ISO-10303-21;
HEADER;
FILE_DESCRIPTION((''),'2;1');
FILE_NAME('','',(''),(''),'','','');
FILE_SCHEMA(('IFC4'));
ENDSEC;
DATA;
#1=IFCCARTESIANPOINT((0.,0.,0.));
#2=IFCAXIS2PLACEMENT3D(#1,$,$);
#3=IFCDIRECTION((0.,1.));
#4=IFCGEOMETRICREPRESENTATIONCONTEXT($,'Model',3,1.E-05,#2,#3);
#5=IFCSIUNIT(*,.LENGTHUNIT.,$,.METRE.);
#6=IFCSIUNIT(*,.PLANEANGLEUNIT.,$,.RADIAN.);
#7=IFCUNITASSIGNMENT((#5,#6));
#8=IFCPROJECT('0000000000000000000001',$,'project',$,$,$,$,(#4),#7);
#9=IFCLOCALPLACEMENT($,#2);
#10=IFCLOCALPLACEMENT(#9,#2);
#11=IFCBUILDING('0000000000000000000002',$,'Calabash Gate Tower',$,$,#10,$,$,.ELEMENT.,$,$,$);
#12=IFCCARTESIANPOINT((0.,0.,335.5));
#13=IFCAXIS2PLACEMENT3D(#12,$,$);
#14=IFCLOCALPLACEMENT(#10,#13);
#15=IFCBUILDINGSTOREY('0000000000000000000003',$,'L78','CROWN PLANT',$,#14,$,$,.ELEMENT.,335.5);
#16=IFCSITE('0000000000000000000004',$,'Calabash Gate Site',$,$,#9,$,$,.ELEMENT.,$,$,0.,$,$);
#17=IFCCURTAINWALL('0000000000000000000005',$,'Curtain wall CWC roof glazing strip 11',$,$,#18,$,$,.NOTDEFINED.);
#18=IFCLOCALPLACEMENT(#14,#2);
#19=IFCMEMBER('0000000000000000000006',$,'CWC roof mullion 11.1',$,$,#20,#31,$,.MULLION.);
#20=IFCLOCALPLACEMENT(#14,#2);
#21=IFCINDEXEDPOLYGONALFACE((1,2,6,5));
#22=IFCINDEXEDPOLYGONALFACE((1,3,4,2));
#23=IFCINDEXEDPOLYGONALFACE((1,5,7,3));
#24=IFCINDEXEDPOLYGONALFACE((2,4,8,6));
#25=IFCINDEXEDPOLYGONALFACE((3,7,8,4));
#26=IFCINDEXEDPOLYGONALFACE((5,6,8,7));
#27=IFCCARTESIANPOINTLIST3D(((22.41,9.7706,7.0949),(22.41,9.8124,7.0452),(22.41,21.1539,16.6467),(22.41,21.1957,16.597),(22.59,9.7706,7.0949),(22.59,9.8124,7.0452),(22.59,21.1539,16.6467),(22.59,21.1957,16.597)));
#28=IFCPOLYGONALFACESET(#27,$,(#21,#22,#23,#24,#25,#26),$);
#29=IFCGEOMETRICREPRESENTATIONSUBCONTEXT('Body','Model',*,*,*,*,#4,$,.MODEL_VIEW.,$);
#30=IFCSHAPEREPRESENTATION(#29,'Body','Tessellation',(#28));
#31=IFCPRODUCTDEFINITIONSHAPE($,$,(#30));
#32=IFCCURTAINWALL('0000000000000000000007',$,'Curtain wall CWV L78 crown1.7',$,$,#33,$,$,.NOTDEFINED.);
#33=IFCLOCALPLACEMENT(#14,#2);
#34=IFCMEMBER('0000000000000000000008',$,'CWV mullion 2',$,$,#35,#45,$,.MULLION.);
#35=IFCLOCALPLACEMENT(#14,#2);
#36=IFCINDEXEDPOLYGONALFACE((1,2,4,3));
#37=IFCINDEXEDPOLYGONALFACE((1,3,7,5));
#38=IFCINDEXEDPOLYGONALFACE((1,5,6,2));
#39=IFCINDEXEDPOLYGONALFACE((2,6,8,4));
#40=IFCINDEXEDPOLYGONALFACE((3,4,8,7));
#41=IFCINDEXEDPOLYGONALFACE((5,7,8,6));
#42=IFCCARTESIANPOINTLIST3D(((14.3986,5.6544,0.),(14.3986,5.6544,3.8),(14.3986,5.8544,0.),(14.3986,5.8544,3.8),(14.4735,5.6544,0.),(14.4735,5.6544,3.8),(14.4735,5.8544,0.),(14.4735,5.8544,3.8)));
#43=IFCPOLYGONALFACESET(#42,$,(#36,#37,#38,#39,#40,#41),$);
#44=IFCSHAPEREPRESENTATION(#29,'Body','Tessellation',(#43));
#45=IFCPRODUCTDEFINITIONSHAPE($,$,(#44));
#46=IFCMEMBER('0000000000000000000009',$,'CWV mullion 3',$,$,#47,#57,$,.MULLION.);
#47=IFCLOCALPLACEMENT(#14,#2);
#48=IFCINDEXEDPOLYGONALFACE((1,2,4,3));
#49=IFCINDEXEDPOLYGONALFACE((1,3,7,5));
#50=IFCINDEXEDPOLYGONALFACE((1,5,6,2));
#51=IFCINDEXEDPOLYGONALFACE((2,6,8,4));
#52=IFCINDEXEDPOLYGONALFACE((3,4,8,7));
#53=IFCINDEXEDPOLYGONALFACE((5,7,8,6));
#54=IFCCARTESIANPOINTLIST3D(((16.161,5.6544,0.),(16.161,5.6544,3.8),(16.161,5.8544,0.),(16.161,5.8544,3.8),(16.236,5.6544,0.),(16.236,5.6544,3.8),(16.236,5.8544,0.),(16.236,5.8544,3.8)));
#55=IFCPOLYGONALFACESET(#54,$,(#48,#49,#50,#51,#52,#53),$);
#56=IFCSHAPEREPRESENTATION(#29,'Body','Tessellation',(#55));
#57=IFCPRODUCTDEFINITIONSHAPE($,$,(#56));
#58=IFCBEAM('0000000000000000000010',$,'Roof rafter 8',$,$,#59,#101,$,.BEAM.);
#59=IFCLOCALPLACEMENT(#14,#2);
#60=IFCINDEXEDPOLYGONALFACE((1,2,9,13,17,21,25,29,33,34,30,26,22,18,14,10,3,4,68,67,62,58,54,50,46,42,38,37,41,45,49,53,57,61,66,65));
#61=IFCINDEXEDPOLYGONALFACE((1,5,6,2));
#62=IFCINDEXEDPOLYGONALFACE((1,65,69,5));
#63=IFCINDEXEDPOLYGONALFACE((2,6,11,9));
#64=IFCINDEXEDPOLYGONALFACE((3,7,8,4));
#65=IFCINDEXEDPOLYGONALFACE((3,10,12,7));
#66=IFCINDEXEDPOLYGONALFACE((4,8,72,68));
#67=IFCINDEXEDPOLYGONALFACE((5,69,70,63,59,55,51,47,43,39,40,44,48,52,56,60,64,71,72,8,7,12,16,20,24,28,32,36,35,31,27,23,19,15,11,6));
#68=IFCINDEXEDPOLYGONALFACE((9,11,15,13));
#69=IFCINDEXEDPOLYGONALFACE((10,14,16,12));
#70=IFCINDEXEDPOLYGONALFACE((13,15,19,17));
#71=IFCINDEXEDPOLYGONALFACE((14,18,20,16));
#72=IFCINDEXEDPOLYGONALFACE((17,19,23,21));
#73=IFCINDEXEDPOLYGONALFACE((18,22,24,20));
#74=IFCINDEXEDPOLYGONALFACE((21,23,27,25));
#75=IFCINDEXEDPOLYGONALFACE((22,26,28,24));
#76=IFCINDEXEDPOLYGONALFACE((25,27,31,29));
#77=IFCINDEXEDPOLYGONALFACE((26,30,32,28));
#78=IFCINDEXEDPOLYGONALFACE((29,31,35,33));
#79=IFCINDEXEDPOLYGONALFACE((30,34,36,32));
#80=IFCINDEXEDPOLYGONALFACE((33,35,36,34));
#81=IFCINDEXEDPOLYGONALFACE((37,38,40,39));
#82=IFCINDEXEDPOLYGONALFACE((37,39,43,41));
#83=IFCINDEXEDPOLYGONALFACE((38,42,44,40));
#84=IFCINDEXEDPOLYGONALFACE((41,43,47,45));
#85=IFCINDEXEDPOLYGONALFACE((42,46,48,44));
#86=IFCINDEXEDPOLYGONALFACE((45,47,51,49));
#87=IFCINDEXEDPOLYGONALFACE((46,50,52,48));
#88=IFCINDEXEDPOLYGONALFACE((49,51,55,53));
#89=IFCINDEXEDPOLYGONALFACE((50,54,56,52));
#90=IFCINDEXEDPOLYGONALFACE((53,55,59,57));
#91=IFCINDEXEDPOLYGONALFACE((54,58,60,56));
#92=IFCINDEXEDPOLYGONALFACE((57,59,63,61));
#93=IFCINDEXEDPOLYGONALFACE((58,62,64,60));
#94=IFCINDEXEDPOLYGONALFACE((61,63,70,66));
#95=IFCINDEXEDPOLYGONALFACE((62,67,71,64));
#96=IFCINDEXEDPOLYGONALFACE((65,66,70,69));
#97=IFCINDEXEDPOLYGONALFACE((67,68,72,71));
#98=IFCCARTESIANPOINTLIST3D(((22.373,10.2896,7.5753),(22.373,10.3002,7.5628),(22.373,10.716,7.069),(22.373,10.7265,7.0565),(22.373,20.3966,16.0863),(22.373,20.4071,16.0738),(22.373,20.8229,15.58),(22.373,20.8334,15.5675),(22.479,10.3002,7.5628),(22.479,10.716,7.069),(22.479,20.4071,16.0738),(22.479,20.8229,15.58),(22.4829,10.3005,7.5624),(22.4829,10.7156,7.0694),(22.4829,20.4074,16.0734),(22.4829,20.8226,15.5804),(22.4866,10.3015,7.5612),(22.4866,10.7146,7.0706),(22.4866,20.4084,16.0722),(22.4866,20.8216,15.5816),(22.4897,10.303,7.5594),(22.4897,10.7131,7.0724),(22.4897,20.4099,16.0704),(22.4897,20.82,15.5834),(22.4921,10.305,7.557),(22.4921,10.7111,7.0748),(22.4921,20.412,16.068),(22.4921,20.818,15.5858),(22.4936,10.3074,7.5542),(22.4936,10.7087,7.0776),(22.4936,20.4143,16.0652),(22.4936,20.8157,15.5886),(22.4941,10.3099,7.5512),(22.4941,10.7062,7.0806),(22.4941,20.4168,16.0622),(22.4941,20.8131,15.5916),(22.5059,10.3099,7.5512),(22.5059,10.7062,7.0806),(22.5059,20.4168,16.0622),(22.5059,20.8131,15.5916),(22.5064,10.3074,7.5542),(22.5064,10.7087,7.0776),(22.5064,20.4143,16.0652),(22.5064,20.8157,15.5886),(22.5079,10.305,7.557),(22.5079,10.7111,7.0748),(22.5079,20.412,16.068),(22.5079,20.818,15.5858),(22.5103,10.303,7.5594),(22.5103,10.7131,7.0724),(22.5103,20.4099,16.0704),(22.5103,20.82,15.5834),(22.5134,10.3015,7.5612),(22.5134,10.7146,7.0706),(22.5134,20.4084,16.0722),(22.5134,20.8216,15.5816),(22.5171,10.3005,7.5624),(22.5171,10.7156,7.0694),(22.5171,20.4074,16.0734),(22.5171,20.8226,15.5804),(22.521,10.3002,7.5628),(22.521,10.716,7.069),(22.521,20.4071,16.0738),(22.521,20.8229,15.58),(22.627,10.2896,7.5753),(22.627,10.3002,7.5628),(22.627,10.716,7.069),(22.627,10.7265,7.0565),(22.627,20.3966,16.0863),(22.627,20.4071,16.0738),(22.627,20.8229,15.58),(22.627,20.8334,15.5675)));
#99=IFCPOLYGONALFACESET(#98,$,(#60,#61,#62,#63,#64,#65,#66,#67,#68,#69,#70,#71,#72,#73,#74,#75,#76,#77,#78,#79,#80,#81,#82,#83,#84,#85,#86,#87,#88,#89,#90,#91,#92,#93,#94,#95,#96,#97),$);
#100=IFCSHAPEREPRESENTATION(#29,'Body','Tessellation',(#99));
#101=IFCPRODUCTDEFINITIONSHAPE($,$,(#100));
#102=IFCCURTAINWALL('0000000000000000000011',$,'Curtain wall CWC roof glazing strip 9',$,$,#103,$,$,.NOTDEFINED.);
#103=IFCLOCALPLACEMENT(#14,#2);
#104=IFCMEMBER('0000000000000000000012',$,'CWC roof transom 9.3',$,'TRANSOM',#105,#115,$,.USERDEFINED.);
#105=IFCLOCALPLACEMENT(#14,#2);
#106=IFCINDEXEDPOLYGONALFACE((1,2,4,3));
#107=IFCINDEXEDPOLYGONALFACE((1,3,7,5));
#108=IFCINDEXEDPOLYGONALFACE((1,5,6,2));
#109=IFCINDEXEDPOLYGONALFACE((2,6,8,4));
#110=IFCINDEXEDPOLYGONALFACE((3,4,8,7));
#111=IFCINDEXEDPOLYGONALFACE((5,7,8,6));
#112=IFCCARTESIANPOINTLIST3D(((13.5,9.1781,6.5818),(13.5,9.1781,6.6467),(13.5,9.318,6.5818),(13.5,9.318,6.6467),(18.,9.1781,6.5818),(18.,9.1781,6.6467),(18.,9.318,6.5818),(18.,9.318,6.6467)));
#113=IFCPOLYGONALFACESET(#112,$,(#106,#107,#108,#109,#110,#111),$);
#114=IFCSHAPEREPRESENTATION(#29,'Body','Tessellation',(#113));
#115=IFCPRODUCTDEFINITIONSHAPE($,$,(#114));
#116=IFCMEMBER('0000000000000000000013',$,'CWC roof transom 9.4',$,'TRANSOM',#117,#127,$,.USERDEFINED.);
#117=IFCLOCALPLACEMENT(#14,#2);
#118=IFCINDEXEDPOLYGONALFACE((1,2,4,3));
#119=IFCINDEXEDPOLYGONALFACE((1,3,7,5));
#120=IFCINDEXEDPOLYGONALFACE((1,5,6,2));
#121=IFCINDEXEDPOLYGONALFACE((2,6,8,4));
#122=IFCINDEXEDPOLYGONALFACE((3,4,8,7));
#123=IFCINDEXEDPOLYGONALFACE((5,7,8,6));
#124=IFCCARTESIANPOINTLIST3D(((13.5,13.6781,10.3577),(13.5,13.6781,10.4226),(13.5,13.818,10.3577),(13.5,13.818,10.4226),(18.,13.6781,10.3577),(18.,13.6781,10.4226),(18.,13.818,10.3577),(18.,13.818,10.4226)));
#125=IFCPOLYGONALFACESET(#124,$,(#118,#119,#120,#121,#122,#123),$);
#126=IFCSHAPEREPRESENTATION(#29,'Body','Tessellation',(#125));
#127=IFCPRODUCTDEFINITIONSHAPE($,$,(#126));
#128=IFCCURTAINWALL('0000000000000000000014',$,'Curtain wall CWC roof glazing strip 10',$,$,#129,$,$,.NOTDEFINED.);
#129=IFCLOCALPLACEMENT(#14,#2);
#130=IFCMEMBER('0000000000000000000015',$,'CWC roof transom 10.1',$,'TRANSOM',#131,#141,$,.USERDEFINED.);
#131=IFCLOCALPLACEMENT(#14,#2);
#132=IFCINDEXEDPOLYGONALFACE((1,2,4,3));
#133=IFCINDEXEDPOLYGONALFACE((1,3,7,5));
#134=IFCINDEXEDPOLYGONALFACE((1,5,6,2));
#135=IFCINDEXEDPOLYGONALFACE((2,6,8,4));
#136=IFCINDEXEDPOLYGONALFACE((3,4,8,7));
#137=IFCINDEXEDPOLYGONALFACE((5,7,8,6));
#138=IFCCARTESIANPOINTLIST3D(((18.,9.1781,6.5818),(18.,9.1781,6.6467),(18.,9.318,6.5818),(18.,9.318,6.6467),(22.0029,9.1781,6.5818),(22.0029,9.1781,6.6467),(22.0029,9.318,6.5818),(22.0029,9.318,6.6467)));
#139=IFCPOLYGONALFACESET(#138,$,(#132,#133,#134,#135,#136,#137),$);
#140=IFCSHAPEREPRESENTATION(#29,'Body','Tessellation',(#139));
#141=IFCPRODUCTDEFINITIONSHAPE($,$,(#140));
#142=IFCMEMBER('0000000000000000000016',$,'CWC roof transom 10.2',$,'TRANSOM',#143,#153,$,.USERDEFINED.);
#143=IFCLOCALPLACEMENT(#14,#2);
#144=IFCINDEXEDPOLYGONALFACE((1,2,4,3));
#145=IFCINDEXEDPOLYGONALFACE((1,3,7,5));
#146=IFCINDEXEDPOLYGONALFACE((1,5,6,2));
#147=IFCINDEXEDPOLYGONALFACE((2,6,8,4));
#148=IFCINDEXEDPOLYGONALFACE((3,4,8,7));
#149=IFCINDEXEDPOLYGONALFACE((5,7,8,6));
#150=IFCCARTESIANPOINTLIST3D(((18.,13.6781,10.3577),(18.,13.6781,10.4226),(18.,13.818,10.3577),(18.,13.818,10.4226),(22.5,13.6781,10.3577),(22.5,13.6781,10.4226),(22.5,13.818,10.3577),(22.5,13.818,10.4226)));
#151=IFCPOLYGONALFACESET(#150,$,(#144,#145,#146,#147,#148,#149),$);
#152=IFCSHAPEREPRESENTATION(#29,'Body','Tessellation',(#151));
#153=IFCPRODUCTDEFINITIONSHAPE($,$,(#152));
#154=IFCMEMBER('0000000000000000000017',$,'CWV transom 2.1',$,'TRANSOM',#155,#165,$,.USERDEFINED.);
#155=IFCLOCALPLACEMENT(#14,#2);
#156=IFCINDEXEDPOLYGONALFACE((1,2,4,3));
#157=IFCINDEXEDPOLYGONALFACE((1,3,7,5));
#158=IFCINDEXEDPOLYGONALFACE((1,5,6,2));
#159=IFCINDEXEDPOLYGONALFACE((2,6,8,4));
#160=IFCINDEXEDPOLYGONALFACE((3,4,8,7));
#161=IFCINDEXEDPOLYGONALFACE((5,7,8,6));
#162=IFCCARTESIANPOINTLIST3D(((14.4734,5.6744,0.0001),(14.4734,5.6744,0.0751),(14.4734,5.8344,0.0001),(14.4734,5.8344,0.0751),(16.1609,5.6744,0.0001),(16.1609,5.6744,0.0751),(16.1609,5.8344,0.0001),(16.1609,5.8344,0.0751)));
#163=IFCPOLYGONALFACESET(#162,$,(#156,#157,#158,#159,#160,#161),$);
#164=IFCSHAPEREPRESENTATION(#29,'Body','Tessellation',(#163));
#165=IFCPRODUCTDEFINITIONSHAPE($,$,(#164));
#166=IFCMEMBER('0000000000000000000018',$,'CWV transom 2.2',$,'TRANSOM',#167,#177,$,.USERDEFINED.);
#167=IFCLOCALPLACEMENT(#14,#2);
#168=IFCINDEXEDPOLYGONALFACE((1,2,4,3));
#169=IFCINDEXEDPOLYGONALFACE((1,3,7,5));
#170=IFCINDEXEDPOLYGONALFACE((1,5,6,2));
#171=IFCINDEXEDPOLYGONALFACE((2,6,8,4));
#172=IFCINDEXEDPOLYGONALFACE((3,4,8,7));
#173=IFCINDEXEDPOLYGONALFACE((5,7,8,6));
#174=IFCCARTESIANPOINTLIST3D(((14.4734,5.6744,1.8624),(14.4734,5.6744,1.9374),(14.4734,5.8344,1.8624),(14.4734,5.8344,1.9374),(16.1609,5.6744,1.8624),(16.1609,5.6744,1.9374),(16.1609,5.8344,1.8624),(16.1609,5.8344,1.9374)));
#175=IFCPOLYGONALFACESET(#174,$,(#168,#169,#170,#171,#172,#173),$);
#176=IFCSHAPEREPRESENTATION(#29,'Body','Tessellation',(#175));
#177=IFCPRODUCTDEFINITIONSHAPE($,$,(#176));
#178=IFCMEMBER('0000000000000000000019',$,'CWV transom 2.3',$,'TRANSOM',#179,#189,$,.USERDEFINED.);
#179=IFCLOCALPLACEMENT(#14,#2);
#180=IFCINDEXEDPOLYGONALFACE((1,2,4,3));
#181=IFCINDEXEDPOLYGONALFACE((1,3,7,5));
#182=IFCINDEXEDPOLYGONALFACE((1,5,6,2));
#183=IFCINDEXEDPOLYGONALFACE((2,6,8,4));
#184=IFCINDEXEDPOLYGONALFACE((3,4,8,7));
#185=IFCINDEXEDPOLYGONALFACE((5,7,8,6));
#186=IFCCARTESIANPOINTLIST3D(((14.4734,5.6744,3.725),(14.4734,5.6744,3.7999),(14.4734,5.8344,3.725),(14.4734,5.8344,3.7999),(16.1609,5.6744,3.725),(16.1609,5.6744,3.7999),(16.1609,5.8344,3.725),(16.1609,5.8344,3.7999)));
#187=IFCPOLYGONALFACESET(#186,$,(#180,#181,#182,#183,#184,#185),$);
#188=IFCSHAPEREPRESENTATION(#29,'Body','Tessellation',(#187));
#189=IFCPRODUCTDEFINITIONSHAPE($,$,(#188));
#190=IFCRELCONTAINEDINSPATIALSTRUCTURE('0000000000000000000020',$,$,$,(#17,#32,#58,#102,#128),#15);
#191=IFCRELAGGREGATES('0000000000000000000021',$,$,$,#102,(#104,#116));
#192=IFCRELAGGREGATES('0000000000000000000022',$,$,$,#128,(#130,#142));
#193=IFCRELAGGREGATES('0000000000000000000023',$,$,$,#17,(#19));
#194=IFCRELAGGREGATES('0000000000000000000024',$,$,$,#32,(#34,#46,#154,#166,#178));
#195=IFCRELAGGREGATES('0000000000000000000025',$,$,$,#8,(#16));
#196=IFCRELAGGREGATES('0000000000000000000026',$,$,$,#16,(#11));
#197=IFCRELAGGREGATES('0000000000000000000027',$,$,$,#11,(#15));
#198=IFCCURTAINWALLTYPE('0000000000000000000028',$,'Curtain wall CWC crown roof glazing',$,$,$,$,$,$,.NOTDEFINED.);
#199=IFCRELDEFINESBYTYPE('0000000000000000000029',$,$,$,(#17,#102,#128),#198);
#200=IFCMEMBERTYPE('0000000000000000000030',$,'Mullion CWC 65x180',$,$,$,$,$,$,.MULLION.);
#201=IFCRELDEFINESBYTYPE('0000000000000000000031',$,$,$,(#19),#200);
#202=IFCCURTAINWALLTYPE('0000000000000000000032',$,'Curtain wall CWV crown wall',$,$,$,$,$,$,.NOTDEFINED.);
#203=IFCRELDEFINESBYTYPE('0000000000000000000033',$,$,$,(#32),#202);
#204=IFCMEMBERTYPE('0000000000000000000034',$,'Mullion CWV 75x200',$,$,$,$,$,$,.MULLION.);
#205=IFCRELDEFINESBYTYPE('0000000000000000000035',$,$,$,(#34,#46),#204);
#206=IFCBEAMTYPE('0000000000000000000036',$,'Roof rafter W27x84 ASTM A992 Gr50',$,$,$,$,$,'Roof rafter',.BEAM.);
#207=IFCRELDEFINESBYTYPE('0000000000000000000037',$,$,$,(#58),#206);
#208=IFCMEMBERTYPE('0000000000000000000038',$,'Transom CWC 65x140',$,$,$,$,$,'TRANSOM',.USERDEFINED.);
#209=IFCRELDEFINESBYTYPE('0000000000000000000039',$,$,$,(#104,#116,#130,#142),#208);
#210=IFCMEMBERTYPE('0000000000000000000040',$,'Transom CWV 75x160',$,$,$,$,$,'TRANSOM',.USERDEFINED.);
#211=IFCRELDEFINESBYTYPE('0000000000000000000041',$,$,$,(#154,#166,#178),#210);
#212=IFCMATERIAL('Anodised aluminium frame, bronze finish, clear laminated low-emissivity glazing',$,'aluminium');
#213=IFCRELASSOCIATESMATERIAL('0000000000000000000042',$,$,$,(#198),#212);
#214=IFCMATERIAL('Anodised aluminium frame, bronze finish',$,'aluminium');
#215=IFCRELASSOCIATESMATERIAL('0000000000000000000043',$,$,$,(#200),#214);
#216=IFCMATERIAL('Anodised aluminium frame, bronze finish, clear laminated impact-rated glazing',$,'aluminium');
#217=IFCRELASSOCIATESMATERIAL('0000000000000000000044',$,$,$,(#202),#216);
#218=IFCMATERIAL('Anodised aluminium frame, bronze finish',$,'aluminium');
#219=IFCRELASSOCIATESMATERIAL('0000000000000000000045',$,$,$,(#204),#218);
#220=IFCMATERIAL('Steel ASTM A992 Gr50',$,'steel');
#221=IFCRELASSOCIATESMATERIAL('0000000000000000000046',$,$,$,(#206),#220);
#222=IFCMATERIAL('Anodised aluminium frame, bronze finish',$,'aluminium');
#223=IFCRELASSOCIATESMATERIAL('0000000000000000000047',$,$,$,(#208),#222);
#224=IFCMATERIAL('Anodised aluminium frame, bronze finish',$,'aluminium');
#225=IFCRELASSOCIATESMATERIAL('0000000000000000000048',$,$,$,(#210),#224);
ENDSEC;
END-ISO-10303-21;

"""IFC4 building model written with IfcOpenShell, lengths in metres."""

from ifc_helpers import new_model, si_unit, direction, frame, origin, origin_2d, place, context, subcontext, project, spatial, rectangle, i_section, extrude, material, material_profile, profile_set, type_object, element, aggregate, save


model = new_model("IFC4")

# Units and contexts
model_context = context("Model", 3, precision=1e-05, world=origin(), true_north=direction((0.0, 1.0)))
body_context = subcontext(model_context, "Body", "Model", "MODEL_VIEW")
ifc_project = project(units=[si_unit("LENGTHUNIT", "METRE"), si_unit("PLANEANGLEUNIT", "RADIAN")], contexts=[model_context])

# Site, building, storey
site_placement = place(None, origin())
site = spatial("IfcSite", under=ifc_project, at=site_placement, Name="Calabash Gate Site", CompositionType="ELEMENT", RefElevation=0.0)
building_placement = place(site_placement, origin())
building = spatial("IfcBuilding", under=site, at=building_placement, Name="Calabash Gate Tower", CompositionType="ELEMENT")
storey_placement = place(building_placement, frame((0.0, 0.0, 335.5)))
storey = spatial("IfcBuildingStorey", under=building, at=storey_placement, Name="L78", Description="CROWN PLANT", CompositionType="ELEMENT", Elevation=335.5)

# Curtain wall, member
ifc_material_1 = material(Name="Anodised aluminium frame, bronze finish, clear laminated low-emissivity glazing", Category="aluminium")
curtain_wall_type_1 = type_object("IfcCurtainWallType", Name="Curtain wall CWC crown roof glazing", PredefinedType="NOTDEFINED", material=ifc_material_1)
curtain_wall_1_placement = place(storey_placement, origin())
curtain_wall_1 = element("IfcCurtainWall", 1, at=curtain_wall_1_placement, inside=storey, type_object=curtain_wall_type_1, Name="Curtain wall CWC roof glazing strip 11", PredefinedType="NOTDEFINED")
ifc_material_2 = material(Name="Anodised aluminium frame, bronze finish", Category="aluminium")
ifc_material_profile_1 = material_profile(ifc_material_2, rectangle(XDim=0.1799, YDim=0.0649, at=origin_2d()))
ifc_profile_set_1 = profile_set([ifc_material_profile_1], Name="Anodised aluminium frame, bronze finish")
member_type_1 = type_object("IfcMemberType", Name="Mullion CWC 65x180", PredefinedType="MULLION", material=ifc_profile_set_1)
member_1_placement = place(storey_placement, frame((22.5, 9.7915, 7.0701), z_axis=(0.0, 0.766043, 0.642789), x_axis=(-1.0, 0.0, 0.0)))
member_1 = element("IfcMember", 2, at=member_1_placement, type_object=member_type_1, Name="CWC roof mullion 11.1", PredefinedType="MULLION", context=body_context, shape_type="SweptSolid", body=[
    extrude(rectangle(XDim=0.1799, YDim=0.0649, at=origin_2d()), origin(), (0.0, 0.0, 1.0), 14.8599),
])

# Curtain wall, members
ifc_material_3 = material(Name="Anodised aluminium frame, bronze finish, clear laminated impact-rated glazing", Category="aluminium")
curtain_wall_type_2 = type_object("IfcCurtainWallType", Name="Curtain wall CWV crown wall", PredefinedType="NOTDEFINED", material=ifc_material_3)
curtain_wall_2_placement = place(storey_placement, origin())
curtain_wall_2 = element("IfcCurtainWall", 3, at=curtain_wall_2_placement, inside=storey, type_object=curtain_wall_type_2, Name="Curtain wall CWV L78 crown1.7", PredefinedType="NOTDEFINED")
ifc_material_4 = material(Name="Anodised aluminium frame, bronze finish", Category="aluminium")
ifc_material_profile_2 = material_profile(ifc_material_4, rectangle(XDim=0.2, YDim=0.075, at=origin_2d()))
ifc_profile_set_2 = profile_set([ifc_material_profile_2], Name="Anodised aluminium frame, bronze finish")
member_type_2 = type_object("IfcMemberType", Name="Mullion CWV 75x200", PredefinedType="MULLION", material=ifc_profile_set_2)
member_2_placement = place(storey_placement, frame((14.436, 5.7544, 0.0), z_axis=(0.0, 0.0, 1.0), x_axis=(0.0, 1.0, 0.0)))
member_2 = element("IfcMember", 4, at=member_2_placement, type_object=member_type_2, Name="CWV mullion 2", PredefinedType="MULLION", context=body_context, shape_type="SweptSolid", body=[
    extrude(rectangle(XDim=0.2, YDim=0.075, at=origin_2d()), origin(), (0.0, 0.0, 1.0), 3.8),
])
member_3_placement = place(storey_placement, frame((16.1985, 5.7544, 0.0), z_axis=(0.0, 0.0, 1.0), x_axis=(0.0, 1.0, 0.0)))
member_3 = element("IfcMember", 5, at=member_3_placement, type_object=member_type_2, Name="CWV mullion 3", PredefinedType="MULLION", context=body_context, shape_type="SweptSolid", body=[
    extrude(rectangle(XDim=0.2, YDim=0.075, at=origin_2d()), origin(), (0.0, 0.0, 1.0), 3.8),
])

# Beam
ifc_material_5 = material(Name="Steel ASTM A992 Gr50", Category="steel")
ifc_material_profile_3 = material_profile(ifc_material_5, i_section(OverallWidth=0.2539, OverallDepth=0.6782, WebThickness=0.0117, FlangeThickness=0.0164, FilletRadius=0.0151, at=origin_2d()))
ifc_profile_set_3 = profile_set([ifc_material_profile_3], Name="Steel ASTM A992 Gr50")
beam_type_1 = type_object("IfcBeamType", Name="Roof rafter W27x84 ASTM A992 Gr50", ElementType="Roof rafter", PredefinedType="BEAM", material=ifc_profile_set_3)
beam_1_placement = place(storey_placement, frame((22.5, 10.5081, 7.3159), z_axis=(0.0, 0.764916, 0.644131), x_axis=(-1.0, 0.0, 0.0)))
element("IfcBeam", 6, at=beam_1_placement, inside=storey, type_object=beam_type_1, Name="Roof rafter 8", PredefinedType="BEAM", context=body_context, shape_type="SweptSolid", body=[
    extrude(i_section(OverallWidth=0.2539, OverallDepth=0.6782, WebThickness=0.0117, FlangeThickness=0.0164, FilletRadius=0.0151, at=origin_2d()), origin(), (0.0, 0.0, 1.0), 13.2131),
])

# Curtain walls, members
curtain_wall_3_placement = place(storey_placement, origin())
curtain_wall_3 = element("IfcCurtainWall", 7, at=curtain_wall_3_placement, inside=storey, type_object=curtain_wall_type_1, Name="Curtain wall CWC roof glazing strip 9", PredefinedType="NOTDEFINED")
ifc_material_6 = material(Name="Anodised aluminium frame, bronze finish", Category="aluminium")
ifc_material_profile_4 = material_profile(ifc_material_6, rectangle(XDim=0.1399, YDim=0.0649, at=origin_2d()))
ifc_profile_set_4 = profile_set([ifc_material_profile_4], Name="Anodised aluminium frame, bronze finish")
member_type_3 = type_object("IfcMemberType", Name="Transom CWC 65x140", ElementType="TRANSOM", PredefinedType="USERDEFINED", material=ifc_profile_set_4)
member_4_placement = place(storey_placement, frame((13.5, 9.248, 6.6143), z_axis=(1.0, 0.0, 0.0), x_axis=(0.0, 1.0, 0.0)))
member_4 = element("IfcMember", 8, at=member_4_placement, type_object=member_type_3, Name="CWC roof transom 9.3", ObjectType="TRANSOM", PredefinedType="USERDEFINED", context=body_context, shape_type="SweptSolid", body=[
    extrude(rectangle(XDim=0.1399, YDim=0.0649, at=origin_2d()), origin(), (0.0, 0.0, 1.0), 4.5),
])
member_5_placement = place(storey_placement, frame((13.5, 13.748, 10.3901), z_axis=(1.0, 0.0, 0.0), x_axis=(0.0, 1.0, 0.0)))
member_5 = element("IfcMember", 9, at=member_5_placement, type_object=member_type_3, Name="CWC roof transom 9.4", ObjectType="TRANSOM", PredefinedType="USERDEFINED", context=body_context, shape_type="SweptSolid", body=[
    extrude(rectangle(XDim=0.1399, YDim=0.0649, at=origin_2d()), origin(), (0.0, 0.0, 1.0), 4.5),
])
curtain_wall_4_placement = place(storey_placement, origin())
curtain_wall_4 = element("IfcCurtainWall", 10, at=curtain_wall_4_placement, inside=storey, type_object=curtain_wall_type_1, Name="Curtain wall CWC roof glazing strip 10", PredefinedType="NOTDEFINED")
member_6_placement = place(storey_placement, frame((18.0, 9.248, 6.6143), z_axis=(1.0, 0.0, 0.0), x_axis=(0.0, 1.0, 0.0)))
member_6 = element("IfcMember", 11, at=member_6_placement, type_object=member_type_3, Name="CWC roof transom 10.1", ObjectType="TRANSOM", PredefinedType="USERDEFINED", context=body_context, shape_type="SweptSolid", body=[
    extrude(rectangle(XDim=0.1399, YDim=0.0649, at=origin_2d()), origin(), (0.0, 0.0, 1.0), 4.0029),
])
member_7_placement = place(storey_placement, frame((18.0, 13.748, 10.3901), z_axis=(1.0, 0.0, 0.0), x_axis=(0.0, 1.0, 0.0)))
member_7 = element("IfcMember", 12, at=member_7_placement, type_object=member_type_3, Name="CWC roof transom 10.2", ObjectType="TRANSOM", PredefinedType="USERDEFINED", context=body_context, shape_type="SweptSolid", body=[
    extrude(rectangle(XDim=0.1399, YDim=0.0649, at=origin_2d()), origin(), (0.0, 0.0, 1.0), 4.5),
])

# Members
ifc_material_7 = material(Name="Anodised aluminium frame, bronze finish", Category="aluminium")
ifc_material_profile_5 = material_profile(ifc_material_7, rectangle(XDim=0.1599, YDim=0.075, at=origin_2d()))
ifc_profile_set_5 = profile_set([ifc_material_profile_5], Name="Anodised aluminium frame, bronze finish")
member_type_4 = type_object("IfcMemberType", Name="Transom CWV 75x160", ElementType="TRANSOM", PredefinedType="USERDEFINED", material=ifc_profile_set_5)
member_8_placement = place(storey_placement, frame((14.4734, 5.7544, 0.0376), z_axis=(1.0, 0.0, 0.0), x_axis=(0.0, 1.0, 0.0)))
member_8 = element("IfcMember", 13, at=member_8_placement, type_object=member_type_4, Name="CWV transom 2.1", ObjectType="TRANSOM", PredefinedType="USERDEFINED", context=body_context, shape_type="SweptSolid", body=[
    extrude(rectangle(XDim=0.1599, YDim=0.075, at=origin_2d()), origin(), (0.0, 0.0, 1.0), 1.6875),
])
member_9_placement = place(storey_placement, frame((14.4734, 5.7544, 1.8999), z_axis=(1.0, 0.0, 0.0), x_axis=(0.0, 1.0, 0.0)))
member_9 = element("IfcMember", 14, at=member_9_placement, type_object=member_type_4, Name="CWV transom 2.2", ObjectType="TRANSOM", PredefinedType="USERDEFINED", context=body_context, shape_type="SweptSolid", body=[
    extrude(rectangle(XDim=0.1599, YDim=0.075, at=origin_2d()), origin(), (0.0, 0.0, 1.0), 1.6875),
])
member_10_placement = place(storey_placement, frame((14.4734, 5.7544, 3.7625), z_axis=(1.0, 0.0, 0.0), x_axis=(0.0, 1.0, 0.0)))
member_10 = element("IfcMember", 15, at=member_10_placement, type_object=member_type_4, Name="CWV transom 2.3", ObjectType="TRANSOM", PredefinedType="USERDEFINED", context=body_context, shape_type="SweptSolid", body=[
    extrude(rectangle(XDim=0.1599, YDim=0.075, at=origin_2d()), origin(), (0.0, 0.0, 1.0), 1.6875),
])

aggregate(curtain_wall_3, [member_4, member_5])
aggregate(curtain_wall_4, [member_6, member_7])
aggregate(curtain_wall_1, [member_1])
aggregate(curtain_wall_2, [member_2, member_3, member_8, member_9, member_10])

save(model, "model.ifc")
